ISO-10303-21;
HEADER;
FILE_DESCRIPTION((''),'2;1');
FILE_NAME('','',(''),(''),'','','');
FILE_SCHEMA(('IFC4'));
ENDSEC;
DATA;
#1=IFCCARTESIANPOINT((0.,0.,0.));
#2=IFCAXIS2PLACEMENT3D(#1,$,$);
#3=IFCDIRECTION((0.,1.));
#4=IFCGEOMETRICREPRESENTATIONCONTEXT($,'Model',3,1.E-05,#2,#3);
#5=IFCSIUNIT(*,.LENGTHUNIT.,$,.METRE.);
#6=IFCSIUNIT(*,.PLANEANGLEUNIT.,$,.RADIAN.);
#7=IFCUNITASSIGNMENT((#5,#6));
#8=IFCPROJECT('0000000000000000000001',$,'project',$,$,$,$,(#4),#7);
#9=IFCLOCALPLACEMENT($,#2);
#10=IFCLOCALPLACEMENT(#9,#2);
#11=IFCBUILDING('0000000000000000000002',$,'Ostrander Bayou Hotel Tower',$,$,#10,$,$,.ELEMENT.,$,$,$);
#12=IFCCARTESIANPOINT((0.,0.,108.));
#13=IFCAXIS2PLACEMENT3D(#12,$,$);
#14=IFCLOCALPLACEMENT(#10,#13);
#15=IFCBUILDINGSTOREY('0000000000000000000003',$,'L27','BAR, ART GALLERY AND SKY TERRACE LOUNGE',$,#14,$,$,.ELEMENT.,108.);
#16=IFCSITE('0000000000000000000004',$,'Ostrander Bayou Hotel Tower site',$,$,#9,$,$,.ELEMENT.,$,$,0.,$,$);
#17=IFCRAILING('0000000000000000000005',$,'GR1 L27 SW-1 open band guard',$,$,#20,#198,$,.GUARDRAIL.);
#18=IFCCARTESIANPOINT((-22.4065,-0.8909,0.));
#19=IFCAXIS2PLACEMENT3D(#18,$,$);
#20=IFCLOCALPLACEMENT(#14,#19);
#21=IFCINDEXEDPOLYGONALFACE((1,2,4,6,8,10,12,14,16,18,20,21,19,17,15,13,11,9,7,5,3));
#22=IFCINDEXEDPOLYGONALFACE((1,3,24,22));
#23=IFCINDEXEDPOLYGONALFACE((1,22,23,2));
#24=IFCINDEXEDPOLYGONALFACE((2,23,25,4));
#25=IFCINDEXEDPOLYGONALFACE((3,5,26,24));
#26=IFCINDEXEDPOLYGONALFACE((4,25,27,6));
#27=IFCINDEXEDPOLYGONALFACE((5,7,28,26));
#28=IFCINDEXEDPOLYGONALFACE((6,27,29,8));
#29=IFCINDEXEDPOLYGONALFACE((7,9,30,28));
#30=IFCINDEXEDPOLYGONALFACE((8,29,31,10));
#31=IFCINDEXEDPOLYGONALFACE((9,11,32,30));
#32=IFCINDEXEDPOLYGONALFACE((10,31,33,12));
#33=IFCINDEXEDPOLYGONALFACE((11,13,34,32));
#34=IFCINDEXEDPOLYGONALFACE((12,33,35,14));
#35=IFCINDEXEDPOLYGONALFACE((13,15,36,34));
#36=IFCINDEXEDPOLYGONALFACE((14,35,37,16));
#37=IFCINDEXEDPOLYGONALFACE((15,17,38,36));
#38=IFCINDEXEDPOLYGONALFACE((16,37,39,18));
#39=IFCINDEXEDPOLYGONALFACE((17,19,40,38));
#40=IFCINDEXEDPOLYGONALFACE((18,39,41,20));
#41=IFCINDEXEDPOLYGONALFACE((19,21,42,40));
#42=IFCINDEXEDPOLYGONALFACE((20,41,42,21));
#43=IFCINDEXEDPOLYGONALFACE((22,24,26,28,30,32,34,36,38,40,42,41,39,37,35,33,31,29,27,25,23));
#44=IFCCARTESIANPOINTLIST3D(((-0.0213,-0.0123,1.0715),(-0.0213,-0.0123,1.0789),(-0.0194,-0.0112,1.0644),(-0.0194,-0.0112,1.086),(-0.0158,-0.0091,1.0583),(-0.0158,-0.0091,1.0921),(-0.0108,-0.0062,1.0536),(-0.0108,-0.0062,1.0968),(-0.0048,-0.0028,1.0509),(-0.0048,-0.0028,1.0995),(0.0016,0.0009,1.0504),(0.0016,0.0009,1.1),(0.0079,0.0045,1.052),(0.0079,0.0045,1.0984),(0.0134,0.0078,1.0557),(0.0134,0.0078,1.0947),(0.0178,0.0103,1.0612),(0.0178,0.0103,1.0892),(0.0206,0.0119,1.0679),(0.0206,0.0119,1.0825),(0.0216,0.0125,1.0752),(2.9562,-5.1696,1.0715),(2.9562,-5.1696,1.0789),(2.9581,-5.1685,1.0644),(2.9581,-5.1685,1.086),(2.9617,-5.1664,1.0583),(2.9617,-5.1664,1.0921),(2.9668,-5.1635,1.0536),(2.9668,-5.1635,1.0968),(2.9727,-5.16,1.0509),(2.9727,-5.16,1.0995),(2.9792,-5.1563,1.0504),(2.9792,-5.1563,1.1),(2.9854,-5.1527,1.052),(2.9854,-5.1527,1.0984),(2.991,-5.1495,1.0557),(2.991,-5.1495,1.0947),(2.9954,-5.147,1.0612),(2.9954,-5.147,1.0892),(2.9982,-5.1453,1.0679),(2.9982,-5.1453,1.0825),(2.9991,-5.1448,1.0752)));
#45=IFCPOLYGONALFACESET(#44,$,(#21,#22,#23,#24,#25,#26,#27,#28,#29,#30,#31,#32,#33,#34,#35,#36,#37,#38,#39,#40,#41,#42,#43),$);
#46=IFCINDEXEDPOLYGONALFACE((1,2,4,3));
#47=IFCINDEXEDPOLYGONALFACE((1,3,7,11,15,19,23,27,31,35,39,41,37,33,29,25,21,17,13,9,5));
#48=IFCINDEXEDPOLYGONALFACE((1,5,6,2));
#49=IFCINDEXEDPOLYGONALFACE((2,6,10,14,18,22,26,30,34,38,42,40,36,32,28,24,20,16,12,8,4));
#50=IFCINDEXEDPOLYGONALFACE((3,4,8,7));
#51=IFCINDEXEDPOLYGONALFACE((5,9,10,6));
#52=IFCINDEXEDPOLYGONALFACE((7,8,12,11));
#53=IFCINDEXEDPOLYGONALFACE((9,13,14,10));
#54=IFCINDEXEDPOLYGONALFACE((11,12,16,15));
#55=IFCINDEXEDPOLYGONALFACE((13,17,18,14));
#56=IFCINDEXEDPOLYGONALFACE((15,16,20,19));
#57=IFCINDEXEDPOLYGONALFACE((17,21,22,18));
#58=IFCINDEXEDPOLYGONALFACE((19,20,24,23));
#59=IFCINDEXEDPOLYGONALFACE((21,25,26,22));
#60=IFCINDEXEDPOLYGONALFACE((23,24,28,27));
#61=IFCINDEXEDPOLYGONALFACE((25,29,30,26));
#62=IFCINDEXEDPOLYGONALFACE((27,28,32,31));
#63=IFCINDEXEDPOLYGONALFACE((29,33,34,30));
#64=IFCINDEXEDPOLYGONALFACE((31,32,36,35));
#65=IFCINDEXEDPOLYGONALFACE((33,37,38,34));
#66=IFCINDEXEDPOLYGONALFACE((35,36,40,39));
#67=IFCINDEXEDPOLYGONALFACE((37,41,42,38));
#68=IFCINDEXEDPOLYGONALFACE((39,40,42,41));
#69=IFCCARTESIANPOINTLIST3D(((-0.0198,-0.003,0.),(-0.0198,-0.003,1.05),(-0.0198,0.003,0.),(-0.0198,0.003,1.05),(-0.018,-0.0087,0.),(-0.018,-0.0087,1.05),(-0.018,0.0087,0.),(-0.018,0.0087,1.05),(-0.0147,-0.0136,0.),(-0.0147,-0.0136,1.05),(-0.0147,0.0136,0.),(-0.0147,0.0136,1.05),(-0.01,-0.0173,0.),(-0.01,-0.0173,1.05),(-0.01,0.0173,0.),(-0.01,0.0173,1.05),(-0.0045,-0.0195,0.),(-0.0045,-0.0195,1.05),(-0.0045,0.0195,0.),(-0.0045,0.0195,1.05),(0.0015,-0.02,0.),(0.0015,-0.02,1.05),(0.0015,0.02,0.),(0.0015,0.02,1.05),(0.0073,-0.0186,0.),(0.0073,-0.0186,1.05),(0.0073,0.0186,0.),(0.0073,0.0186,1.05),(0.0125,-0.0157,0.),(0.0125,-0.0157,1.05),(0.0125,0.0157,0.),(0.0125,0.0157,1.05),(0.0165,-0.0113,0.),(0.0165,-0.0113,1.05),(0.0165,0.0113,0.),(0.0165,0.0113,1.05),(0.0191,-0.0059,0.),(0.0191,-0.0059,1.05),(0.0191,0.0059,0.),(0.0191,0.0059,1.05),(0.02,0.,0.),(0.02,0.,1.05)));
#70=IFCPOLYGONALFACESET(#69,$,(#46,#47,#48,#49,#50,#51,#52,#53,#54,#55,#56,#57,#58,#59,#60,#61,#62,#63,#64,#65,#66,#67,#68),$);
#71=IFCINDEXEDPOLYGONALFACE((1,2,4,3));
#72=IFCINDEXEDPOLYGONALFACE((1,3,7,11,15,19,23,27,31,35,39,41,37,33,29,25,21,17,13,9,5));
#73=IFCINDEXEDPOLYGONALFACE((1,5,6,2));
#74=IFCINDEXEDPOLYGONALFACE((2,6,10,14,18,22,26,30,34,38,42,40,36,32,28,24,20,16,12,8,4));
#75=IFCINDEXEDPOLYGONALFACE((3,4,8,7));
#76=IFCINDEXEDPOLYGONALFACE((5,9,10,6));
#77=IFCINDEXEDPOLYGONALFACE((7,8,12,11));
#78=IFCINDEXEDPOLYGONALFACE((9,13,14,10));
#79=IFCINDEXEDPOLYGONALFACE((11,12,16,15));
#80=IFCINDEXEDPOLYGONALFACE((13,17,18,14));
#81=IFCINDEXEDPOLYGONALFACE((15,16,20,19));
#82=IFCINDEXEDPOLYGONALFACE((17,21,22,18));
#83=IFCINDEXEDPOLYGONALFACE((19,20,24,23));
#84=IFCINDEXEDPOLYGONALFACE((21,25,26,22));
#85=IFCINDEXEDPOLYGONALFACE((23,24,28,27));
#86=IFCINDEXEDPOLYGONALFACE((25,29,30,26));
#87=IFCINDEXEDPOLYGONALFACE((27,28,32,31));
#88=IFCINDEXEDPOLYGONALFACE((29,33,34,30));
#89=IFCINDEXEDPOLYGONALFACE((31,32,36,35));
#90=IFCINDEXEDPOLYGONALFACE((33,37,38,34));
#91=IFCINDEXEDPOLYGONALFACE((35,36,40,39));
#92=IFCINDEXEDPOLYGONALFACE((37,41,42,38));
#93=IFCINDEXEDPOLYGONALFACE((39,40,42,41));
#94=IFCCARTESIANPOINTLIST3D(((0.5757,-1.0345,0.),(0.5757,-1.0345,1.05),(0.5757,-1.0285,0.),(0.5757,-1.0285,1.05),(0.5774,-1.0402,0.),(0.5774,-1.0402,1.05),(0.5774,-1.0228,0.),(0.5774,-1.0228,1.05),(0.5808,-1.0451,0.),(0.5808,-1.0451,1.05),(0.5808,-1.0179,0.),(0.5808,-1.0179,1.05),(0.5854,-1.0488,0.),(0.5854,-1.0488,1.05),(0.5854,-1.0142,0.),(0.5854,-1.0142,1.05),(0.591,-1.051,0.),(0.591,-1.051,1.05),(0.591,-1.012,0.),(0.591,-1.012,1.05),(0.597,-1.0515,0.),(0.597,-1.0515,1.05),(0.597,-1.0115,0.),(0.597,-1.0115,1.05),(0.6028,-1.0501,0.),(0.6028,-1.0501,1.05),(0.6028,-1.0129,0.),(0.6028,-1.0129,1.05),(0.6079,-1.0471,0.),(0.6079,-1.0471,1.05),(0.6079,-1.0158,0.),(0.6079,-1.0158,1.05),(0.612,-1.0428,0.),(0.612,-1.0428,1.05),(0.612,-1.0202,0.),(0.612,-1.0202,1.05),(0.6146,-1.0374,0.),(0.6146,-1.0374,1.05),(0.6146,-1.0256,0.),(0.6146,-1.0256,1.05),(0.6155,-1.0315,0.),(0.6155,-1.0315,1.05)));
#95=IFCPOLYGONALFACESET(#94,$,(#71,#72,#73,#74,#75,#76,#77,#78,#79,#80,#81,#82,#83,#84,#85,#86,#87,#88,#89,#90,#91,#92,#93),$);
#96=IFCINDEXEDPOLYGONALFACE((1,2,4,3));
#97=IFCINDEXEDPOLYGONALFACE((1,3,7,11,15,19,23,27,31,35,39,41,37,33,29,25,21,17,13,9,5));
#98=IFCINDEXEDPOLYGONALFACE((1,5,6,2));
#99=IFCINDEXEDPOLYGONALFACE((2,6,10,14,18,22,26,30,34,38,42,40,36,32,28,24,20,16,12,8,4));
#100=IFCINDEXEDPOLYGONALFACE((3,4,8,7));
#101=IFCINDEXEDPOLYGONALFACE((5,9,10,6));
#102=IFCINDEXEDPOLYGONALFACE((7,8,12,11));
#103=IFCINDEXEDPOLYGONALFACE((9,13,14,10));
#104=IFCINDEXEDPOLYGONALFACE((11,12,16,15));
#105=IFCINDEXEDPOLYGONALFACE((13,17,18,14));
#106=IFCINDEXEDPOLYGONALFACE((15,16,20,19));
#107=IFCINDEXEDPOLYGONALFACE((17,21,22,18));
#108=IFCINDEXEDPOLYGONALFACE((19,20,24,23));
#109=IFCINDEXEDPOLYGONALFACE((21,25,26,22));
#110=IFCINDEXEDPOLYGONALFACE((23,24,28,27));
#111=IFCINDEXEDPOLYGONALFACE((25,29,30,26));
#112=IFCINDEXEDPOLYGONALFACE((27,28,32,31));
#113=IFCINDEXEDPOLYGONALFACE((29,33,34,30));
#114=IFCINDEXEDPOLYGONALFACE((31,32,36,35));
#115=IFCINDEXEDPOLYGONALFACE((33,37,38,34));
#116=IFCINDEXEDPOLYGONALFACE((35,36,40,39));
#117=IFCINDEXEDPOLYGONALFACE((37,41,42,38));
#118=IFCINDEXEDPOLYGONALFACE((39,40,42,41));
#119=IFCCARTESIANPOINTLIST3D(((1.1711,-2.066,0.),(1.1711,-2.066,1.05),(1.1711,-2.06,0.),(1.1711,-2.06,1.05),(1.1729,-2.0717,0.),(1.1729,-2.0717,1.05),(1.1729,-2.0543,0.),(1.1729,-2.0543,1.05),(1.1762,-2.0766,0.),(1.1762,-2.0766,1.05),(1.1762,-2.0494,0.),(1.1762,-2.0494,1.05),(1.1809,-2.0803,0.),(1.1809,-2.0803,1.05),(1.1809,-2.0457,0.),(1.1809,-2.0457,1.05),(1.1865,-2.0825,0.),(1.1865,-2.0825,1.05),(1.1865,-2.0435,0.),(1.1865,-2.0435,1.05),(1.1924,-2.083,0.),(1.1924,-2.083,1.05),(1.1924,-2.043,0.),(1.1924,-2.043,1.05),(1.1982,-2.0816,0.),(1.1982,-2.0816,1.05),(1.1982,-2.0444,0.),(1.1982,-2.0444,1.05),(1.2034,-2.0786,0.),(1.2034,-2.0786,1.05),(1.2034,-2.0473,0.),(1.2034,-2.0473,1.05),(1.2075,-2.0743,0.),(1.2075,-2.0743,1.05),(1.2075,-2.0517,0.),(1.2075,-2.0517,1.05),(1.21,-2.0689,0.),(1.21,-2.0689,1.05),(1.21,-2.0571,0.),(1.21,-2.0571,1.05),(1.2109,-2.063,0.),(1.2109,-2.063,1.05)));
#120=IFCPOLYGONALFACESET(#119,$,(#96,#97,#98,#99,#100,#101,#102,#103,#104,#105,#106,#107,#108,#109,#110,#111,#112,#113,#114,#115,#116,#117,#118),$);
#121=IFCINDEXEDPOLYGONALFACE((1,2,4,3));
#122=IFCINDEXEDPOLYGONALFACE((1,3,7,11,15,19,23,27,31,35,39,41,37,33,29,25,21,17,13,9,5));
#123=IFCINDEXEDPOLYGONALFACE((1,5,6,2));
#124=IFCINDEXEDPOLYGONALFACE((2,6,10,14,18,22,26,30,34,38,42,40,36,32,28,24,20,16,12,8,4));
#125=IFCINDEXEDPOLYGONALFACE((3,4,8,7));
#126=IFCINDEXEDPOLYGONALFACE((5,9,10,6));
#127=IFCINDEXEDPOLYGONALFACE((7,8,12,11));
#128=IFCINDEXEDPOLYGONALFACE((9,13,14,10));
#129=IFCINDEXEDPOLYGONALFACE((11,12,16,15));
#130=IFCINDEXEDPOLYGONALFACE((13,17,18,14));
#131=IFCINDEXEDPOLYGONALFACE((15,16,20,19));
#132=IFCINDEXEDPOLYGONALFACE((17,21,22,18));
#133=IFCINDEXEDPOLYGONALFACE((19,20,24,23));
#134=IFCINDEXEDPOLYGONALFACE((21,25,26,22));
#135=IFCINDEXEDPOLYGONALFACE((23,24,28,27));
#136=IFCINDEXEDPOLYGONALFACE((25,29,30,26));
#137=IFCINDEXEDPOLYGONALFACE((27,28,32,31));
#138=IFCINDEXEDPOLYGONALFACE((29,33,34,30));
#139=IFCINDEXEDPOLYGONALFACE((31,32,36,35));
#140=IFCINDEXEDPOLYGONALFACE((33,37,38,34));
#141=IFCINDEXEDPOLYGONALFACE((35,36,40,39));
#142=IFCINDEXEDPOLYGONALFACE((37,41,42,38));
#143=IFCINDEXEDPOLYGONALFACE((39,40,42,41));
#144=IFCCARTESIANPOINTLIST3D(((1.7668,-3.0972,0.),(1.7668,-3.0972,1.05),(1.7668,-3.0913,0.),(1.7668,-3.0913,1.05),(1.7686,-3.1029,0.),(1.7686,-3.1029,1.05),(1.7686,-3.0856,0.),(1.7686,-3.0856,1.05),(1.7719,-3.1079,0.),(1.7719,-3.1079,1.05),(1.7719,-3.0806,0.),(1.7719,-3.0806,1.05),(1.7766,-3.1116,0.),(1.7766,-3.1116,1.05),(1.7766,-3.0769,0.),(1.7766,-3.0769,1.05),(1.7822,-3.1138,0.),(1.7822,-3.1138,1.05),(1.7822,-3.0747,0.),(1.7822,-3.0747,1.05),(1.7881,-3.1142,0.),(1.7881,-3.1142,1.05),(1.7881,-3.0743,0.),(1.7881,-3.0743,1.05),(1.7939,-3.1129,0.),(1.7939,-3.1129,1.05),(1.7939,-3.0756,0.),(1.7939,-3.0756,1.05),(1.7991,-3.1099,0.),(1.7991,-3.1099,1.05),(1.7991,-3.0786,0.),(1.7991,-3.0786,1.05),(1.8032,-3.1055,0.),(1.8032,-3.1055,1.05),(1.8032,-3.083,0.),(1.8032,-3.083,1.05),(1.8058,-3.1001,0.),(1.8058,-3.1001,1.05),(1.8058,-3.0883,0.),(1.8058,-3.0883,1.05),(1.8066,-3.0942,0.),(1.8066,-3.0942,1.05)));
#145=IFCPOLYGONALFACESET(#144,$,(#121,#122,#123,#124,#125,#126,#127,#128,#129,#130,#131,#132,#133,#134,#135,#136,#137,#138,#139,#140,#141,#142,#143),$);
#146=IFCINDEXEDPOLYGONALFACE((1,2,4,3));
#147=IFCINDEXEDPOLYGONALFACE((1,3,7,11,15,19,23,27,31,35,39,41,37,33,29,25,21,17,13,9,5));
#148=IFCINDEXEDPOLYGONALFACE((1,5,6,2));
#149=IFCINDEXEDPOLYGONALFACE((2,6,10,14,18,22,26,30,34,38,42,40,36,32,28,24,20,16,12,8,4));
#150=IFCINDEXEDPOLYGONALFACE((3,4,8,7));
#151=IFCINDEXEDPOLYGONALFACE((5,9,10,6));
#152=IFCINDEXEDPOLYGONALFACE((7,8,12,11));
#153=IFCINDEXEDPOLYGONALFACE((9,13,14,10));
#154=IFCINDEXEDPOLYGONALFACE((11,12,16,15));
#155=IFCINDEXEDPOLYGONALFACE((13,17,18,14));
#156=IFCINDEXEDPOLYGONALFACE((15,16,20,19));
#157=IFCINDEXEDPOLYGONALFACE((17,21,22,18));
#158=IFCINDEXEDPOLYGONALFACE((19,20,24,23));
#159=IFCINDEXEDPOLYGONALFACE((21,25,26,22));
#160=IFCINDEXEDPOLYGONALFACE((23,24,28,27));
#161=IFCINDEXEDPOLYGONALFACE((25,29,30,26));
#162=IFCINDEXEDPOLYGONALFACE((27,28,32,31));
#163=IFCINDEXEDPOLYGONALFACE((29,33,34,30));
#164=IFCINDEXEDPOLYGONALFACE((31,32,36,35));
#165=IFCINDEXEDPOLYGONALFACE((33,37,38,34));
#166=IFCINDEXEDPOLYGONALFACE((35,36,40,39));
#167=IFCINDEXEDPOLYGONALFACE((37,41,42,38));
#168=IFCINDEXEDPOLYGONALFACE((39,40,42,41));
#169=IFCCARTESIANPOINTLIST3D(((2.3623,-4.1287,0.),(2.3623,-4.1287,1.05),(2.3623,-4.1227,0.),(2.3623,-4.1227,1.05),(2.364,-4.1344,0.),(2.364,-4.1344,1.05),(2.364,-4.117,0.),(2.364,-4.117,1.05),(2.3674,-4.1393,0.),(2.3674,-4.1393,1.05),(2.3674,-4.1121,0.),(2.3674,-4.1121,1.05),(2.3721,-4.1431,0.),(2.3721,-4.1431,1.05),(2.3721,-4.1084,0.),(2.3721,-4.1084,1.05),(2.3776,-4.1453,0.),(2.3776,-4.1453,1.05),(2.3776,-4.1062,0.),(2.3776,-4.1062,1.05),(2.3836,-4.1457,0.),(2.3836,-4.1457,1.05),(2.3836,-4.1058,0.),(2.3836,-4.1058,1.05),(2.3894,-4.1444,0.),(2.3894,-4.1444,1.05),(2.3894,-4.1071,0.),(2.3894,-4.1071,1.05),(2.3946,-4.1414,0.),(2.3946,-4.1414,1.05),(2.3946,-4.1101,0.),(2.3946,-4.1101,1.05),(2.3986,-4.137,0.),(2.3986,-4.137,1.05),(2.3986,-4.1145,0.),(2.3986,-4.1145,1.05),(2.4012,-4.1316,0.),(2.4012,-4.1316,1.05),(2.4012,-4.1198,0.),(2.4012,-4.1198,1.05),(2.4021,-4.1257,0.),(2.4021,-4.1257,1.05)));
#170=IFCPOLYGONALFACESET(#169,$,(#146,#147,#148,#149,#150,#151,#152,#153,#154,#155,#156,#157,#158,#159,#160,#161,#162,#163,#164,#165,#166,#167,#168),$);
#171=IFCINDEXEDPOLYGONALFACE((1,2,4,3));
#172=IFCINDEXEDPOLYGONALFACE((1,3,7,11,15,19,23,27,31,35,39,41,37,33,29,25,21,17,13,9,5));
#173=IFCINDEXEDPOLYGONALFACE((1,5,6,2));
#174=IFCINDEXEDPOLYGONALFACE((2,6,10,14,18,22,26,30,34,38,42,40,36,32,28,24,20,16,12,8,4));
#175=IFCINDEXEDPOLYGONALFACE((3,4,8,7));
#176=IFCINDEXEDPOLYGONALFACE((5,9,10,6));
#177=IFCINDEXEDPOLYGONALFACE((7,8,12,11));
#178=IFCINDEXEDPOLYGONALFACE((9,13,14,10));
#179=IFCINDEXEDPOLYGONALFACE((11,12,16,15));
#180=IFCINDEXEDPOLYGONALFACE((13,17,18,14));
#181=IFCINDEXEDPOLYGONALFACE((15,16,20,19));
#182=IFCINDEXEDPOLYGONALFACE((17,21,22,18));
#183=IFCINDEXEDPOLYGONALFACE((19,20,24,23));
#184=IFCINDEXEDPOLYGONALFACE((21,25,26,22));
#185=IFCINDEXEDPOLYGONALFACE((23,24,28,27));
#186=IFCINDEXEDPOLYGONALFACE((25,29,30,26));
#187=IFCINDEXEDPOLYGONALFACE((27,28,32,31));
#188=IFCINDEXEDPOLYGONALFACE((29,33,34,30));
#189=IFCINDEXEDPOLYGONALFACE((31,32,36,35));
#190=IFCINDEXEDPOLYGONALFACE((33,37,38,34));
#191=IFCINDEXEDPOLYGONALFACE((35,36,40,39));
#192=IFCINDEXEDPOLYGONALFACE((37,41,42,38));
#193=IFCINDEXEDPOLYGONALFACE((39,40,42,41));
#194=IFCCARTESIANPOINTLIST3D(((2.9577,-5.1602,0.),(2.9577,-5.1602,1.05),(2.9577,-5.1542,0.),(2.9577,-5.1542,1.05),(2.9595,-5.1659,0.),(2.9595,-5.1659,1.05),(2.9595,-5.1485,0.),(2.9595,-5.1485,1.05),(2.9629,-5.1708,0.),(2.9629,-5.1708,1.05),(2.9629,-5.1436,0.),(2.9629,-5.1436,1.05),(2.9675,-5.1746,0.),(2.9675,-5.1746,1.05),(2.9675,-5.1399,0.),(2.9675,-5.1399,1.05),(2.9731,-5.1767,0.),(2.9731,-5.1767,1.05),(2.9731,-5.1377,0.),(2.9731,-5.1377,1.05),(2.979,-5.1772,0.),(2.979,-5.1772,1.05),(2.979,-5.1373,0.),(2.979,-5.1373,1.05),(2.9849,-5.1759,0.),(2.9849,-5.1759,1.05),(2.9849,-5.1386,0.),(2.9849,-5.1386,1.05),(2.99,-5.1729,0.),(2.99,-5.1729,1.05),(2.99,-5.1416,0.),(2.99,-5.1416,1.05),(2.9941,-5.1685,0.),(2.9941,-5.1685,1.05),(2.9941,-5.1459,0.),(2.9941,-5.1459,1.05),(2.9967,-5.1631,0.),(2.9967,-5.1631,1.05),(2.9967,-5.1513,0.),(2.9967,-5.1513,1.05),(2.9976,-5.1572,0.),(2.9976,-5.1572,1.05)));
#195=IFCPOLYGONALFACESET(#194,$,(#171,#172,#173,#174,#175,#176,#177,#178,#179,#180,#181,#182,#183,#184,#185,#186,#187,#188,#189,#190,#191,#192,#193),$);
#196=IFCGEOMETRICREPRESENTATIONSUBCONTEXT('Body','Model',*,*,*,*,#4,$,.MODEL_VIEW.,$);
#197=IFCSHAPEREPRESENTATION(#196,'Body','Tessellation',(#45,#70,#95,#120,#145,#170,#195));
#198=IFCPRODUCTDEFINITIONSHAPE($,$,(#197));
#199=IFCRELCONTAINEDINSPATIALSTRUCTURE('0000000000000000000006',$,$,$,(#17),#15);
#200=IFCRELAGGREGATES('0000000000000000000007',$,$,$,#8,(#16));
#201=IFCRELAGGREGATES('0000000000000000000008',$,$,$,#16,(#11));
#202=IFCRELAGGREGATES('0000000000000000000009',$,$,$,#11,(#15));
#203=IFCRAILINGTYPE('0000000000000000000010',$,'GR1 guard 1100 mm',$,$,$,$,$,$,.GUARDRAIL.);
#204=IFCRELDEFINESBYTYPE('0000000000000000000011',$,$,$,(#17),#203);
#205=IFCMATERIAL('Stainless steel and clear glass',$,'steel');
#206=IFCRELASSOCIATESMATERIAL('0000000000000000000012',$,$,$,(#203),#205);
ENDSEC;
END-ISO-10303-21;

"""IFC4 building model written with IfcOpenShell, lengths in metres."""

from ifc_helpers import new_model, si_unit, direction, frame, origin, origin_2d, place, context, subcontext, project, spatial, circle, extrude, material, type_object, element, save


model = new_model("IFC4")

# Units and contexts
model_context = context("Model", 3, precision=1e-05, world=origin(), true_north=direction((0.0, 1.0)))
body_context = subcontext(model_context, "Body", "Model", "MODEL_VIEW")
ifc_project = project(units=[si_unit("LENGTHUNIT", "METRE"), si_unit("PLANEANGLEUNIT", "RADIAN")], contexts=[model_context])

# Site, building, storey
site_placement = place(None, origin())
site = spatial("IfcSite", under=ifc_project, at=site_placement, Name="Ostrander Bayou Hotel Tower site", CompositionType="ELEMENT", RefElevation=0.0)
building_placement = place(site_placement, origin())
building = spatial("IfcBuilding", under=site, at=building_placement, Name="Ostrander Bayou Hotel Tower", CompositionType="ELEMENT")
storey_placement = place(building_placement, frame((0.0, 0.0, 108.0)))
storey = spatial("IfcBuildingStorey", under=building, at=storey_placement, Name="L27", Description="BAR, ART GALLERY AND SKY TERRACE LOUNGE", CompositionType="ELEMENT", Elevation=108.0)

# Railing
ifc_material_1 = material(Name="Stainless steel and clear glass", Category="steel")
railing_type = type_object("IfcRailingType", Name="GR1 guard 1100 mm", PredefinedType="GUARDRAIL", material=ifc_material_1)
railing_1_placement = place(storey_placement, frame((-22.4065, -0.8909, 0.0)))
element("IfcRailing", 1, at=railing_1_placement, inside=storey, type_object=railing_type, Name="GR1 L27 SW-1 open band guard", PredefinedType="GUARDRAIL", context=body_context, shape_type="SweptSolid", body=[
    extrude(circle(Radius=0.0249, at=origin_2d()), frame((0.0, 0.0, 1.0752), z_axis=(0.500002, -0.866024, 0.0), x_axis=(0.866024, 0.500002, 0.0)), (0.0, 0.0, 1.0), 5.9551),
    extrude(circle(Radius=0.02, at=origin_2d()), origin(), (0.0, 0.0, 1.0), 1.05),
    extrude(circle(Radius=0.02, at=origin_2d()), frame((0.5955, -1.0315, 0.0)), (0.0, 0.0, 1.0), 1.05),
    extrude(circle(Radius=0.02, at=origin_2d()), frame((1.1909, -2.063, 0.0)), (0.0, 0.0, 1.0), 1.05),
    extrude(circle(Radius=0.02, at=origin_2d()), frame((1.7866, -3.0942, 0.0)), (0.0, 0.0, 1.0), 1.05),
    extrude(circle(Radius=0.02, at=origin_2d()), frame((2.3821, -4.1257, 0.0)), (0.0, 0.0, 1.0), 1.05),
    extrude(circle(Radius=0.02, at=origin_2d()), frame((2.9775, -5.1572, 0.0)), (0.0, 0.0, 1.0), 1.05),
])

save(model, "model.ifc")
